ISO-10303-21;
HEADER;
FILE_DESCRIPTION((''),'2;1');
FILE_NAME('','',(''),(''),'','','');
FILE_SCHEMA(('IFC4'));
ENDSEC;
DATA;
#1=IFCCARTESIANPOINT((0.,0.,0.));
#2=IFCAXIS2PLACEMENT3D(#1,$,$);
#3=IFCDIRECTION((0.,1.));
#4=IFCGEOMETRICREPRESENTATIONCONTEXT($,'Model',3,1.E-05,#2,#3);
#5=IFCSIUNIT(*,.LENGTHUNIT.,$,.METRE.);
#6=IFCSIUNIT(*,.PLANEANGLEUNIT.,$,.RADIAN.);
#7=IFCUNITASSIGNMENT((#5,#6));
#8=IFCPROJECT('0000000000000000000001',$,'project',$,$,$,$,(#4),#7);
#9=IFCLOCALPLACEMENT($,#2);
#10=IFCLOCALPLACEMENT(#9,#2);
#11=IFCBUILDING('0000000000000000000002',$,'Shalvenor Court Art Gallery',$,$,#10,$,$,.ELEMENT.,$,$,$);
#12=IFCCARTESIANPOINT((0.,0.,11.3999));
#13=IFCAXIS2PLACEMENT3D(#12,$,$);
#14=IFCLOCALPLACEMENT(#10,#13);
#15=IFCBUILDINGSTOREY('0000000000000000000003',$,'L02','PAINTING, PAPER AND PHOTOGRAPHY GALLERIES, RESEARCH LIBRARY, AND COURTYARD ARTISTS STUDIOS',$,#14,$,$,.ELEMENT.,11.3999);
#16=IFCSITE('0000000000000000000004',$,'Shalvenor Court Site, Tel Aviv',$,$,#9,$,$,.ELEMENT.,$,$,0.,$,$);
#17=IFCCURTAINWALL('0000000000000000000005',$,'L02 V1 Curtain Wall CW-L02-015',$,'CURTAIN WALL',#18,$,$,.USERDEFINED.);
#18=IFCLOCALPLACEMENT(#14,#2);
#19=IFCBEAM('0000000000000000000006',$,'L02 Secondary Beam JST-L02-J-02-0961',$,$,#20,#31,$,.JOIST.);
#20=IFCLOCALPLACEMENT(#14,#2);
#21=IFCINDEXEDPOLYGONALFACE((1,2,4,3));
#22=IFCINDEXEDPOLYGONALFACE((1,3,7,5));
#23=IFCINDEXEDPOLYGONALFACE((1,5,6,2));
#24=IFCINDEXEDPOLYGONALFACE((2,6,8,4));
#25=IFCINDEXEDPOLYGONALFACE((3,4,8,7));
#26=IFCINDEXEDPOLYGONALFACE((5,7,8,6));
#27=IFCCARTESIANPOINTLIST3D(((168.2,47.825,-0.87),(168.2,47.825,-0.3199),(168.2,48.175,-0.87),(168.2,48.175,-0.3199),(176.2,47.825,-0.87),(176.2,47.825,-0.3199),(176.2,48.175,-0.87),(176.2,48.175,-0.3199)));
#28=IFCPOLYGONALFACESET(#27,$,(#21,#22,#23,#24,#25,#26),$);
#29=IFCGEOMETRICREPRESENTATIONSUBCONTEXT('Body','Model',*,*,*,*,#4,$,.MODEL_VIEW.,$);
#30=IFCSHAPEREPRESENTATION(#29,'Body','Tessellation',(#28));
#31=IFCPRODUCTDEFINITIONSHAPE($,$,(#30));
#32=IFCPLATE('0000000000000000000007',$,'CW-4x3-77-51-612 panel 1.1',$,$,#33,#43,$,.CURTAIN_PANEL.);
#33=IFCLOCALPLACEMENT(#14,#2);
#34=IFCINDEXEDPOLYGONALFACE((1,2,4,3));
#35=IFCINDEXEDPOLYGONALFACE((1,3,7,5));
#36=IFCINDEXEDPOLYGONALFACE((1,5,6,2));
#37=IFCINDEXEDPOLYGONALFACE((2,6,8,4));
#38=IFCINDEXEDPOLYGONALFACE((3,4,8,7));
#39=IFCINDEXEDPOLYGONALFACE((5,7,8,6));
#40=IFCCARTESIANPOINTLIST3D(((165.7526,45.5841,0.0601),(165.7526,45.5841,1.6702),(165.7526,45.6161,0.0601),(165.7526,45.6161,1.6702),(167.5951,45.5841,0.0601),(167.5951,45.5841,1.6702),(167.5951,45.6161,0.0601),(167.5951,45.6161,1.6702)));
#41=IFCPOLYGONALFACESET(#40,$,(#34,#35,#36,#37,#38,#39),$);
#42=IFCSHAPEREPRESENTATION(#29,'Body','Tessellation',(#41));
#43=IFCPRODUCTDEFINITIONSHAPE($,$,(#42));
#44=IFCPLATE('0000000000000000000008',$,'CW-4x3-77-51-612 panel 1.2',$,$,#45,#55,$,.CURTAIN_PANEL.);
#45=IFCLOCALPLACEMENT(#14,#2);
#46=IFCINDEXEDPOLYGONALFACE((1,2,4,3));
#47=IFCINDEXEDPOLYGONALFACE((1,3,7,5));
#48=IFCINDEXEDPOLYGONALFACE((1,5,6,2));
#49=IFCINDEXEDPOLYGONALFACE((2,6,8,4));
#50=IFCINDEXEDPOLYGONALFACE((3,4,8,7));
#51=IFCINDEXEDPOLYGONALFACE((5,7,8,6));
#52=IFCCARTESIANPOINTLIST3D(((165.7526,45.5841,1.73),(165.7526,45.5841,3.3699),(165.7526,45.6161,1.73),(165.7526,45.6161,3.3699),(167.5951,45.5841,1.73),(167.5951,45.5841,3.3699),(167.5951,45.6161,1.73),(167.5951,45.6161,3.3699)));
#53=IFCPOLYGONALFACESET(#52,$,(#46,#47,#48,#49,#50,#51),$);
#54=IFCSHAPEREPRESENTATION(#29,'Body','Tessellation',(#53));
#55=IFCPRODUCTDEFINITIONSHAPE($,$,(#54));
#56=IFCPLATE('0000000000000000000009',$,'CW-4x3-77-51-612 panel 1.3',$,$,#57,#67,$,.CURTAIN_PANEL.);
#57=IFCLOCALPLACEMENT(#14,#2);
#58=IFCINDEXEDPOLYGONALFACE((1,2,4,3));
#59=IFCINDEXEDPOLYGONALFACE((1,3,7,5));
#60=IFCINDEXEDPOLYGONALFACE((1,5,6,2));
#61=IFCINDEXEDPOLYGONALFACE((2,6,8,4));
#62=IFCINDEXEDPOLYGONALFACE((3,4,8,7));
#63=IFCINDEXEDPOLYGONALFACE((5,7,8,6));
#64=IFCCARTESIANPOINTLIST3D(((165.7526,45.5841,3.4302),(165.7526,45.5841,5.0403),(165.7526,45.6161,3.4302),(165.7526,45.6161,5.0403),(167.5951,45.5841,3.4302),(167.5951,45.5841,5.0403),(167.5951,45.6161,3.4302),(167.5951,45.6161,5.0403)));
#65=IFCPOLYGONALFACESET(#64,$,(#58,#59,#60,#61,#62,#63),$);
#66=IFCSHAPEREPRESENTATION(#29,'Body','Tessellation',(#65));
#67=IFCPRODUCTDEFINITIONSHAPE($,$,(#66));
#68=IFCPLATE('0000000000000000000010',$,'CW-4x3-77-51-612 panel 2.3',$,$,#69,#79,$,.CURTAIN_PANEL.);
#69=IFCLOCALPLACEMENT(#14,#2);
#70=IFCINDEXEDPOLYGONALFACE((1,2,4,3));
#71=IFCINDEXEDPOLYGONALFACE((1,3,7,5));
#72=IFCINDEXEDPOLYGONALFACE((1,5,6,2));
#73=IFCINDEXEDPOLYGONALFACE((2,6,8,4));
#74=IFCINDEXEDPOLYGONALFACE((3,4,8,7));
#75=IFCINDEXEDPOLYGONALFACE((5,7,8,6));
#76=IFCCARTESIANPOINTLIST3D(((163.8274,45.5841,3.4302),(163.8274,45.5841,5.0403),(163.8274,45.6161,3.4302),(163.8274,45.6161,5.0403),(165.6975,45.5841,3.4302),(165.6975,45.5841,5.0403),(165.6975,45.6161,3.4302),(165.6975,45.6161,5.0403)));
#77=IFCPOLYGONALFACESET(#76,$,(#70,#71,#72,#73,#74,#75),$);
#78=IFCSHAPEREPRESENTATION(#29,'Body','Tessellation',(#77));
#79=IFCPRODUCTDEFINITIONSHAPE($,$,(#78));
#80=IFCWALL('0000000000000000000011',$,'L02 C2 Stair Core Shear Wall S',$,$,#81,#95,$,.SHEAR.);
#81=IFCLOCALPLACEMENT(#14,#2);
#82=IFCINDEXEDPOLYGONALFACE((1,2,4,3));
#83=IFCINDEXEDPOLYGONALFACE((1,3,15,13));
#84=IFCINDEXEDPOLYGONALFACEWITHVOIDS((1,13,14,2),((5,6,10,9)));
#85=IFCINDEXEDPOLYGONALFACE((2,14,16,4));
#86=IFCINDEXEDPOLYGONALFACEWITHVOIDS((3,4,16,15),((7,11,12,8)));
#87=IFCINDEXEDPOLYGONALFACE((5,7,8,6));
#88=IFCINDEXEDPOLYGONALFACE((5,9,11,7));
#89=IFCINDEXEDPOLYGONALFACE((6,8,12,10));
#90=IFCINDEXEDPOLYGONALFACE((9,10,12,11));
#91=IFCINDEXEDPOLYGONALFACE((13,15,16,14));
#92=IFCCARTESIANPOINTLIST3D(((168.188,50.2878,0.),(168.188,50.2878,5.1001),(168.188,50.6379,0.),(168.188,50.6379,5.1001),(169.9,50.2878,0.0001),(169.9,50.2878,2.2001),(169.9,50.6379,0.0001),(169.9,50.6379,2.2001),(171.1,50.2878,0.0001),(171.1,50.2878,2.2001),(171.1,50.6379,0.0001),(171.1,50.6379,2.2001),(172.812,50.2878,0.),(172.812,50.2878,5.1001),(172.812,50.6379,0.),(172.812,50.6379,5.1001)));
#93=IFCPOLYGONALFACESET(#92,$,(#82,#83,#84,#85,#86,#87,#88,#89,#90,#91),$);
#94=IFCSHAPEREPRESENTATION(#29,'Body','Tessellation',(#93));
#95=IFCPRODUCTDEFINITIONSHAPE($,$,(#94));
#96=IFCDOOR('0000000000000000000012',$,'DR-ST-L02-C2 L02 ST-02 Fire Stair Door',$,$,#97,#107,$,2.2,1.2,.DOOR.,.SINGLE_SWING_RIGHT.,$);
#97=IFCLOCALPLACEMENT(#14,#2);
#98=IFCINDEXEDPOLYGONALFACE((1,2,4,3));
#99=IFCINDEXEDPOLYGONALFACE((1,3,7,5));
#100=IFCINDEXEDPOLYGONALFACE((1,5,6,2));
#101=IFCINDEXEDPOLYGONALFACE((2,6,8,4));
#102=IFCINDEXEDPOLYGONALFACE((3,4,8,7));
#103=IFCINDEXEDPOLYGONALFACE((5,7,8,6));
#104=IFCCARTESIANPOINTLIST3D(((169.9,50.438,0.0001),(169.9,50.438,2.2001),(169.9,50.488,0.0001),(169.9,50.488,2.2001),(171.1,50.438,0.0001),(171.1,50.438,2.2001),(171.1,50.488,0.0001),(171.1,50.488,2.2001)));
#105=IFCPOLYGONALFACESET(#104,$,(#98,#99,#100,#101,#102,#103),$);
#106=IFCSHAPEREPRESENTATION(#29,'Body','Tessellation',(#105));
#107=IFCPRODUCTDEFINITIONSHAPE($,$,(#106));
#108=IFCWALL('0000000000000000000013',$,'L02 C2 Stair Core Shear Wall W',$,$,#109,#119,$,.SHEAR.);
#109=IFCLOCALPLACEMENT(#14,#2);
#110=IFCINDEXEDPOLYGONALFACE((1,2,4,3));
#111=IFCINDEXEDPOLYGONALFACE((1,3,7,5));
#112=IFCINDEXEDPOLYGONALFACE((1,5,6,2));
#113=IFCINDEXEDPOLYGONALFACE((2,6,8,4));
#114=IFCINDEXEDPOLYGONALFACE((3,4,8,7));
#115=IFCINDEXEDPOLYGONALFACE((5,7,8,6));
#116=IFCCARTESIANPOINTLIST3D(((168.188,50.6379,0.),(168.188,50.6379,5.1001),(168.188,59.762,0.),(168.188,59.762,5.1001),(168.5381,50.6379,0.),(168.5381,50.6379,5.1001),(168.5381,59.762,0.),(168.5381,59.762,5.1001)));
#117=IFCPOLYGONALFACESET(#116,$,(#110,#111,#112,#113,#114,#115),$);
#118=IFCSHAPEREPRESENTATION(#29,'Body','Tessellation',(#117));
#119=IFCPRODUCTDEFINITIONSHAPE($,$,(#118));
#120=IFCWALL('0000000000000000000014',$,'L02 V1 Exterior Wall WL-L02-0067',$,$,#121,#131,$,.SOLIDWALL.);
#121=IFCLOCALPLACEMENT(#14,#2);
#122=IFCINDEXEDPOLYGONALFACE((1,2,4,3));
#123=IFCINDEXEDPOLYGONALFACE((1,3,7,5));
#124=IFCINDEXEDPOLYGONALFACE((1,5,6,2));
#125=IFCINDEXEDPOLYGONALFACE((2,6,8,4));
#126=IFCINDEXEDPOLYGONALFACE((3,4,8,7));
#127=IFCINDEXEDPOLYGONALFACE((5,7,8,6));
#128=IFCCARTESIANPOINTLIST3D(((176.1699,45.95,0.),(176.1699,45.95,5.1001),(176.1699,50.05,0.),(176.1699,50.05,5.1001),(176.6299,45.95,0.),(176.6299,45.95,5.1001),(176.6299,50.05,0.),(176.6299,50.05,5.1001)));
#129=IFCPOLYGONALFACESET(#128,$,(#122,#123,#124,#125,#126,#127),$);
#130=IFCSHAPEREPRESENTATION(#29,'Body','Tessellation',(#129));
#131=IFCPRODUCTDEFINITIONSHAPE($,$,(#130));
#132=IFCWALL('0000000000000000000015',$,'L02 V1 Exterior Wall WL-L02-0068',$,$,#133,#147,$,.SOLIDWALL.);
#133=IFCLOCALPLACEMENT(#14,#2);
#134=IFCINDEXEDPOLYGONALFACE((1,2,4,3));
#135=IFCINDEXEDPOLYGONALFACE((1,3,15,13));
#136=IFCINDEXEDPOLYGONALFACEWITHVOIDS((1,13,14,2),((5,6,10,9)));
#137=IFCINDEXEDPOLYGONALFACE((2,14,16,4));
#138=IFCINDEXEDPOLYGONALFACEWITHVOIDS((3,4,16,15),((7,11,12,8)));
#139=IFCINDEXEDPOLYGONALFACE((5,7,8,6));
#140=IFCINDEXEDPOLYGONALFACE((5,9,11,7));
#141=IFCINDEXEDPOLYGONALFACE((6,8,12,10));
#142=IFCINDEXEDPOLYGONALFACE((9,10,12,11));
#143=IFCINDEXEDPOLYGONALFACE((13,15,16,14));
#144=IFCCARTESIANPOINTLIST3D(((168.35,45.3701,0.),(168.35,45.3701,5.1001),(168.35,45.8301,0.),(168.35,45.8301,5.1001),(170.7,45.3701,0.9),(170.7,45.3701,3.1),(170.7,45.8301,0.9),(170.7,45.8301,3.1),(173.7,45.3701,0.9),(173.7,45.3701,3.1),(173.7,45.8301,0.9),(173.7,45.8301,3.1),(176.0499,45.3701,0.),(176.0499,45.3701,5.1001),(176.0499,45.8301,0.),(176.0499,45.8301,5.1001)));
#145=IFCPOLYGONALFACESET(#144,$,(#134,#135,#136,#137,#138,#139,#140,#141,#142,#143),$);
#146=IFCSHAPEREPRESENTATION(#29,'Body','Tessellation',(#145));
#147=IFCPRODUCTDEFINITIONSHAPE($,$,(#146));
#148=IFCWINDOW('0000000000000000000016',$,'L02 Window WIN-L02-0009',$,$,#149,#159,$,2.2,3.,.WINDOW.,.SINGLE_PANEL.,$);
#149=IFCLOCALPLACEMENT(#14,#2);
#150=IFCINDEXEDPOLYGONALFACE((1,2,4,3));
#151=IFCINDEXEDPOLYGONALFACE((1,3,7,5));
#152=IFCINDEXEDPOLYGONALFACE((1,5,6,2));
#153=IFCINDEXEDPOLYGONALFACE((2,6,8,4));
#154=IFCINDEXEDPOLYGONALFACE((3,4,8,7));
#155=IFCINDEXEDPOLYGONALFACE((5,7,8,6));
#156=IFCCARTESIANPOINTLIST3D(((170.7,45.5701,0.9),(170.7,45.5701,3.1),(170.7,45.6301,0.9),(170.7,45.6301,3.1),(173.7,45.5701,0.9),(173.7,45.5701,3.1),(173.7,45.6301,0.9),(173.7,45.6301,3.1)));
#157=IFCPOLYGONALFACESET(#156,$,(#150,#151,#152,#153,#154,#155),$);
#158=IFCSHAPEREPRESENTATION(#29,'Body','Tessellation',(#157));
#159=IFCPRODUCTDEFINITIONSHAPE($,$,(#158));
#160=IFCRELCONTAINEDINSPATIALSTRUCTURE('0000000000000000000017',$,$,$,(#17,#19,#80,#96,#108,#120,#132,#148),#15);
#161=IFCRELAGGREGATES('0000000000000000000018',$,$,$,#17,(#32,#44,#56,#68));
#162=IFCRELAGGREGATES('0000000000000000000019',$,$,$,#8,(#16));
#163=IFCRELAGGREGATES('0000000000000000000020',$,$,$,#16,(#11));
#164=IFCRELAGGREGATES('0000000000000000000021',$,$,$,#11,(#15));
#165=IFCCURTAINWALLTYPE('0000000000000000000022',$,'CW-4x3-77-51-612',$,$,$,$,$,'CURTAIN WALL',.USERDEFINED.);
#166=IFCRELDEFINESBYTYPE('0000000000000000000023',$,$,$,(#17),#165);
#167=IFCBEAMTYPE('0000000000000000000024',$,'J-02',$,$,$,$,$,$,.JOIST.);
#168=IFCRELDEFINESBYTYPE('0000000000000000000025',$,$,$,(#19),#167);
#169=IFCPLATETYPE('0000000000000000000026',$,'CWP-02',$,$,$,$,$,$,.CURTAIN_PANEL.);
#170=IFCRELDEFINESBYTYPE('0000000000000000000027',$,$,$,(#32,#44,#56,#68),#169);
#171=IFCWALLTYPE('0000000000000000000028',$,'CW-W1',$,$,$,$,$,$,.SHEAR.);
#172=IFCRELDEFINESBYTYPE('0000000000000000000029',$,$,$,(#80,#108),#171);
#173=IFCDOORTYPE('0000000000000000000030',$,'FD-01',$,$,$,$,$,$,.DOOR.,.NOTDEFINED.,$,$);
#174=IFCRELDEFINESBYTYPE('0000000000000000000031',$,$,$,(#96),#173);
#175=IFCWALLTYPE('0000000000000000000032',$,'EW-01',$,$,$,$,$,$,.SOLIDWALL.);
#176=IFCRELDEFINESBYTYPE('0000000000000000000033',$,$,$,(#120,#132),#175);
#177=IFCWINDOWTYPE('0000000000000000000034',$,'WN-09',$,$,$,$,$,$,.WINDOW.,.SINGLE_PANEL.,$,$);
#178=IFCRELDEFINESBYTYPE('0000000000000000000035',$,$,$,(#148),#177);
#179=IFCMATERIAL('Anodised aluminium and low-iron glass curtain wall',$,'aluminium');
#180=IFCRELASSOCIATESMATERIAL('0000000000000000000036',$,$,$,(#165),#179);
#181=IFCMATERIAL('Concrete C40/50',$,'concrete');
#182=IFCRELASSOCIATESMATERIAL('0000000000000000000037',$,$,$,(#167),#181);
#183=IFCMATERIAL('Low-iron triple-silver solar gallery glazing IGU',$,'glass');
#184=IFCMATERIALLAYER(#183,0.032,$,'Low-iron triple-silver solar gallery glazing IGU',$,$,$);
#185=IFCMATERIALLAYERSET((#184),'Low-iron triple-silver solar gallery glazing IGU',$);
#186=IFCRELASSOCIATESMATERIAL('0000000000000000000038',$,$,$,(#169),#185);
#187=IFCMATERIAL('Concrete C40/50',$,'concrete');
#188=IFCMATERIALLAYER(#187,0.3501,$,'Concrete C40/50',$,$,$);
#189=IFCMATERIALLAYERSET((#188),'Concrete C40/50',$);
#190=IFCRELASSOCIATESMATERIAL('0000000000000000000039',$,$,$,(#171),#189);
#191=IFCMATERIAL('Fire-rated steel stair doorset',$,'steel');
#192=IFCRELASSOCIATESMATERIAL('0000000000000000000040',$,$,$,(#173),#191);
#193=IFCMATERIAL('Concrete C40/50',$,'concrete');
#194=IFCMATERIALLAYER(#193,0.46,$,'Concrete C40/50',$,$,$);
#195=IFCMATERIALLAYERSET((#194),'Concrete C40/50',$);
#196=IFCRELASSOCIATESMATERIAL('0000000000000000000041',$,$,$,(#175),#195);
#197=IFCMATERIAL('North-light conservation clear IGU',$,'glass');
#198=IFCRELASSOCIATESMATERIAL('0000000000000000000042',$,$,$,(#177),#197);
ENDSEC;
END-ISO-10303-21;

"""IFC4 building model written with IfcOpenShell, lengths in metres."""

from ifc_helpers import new_model, si_unit, direction, frame, frame_2d, origin, origin_2d, place, context, subcontext, project, spatial, rectangle, extrude, material, layer, layer_set, material_profile, profile_set, type_object, element, fill, aggregate, save


model = new_model("IFC4")

# Units and contexts
model_context = context("Model", 3, precision=1e-05, world=origin(), true_north=direction((0.0, 1.0)))
body_context = subcontext(model_context, "Body", "Model", "MODEL_VIEW")
ifc_project = project(units=[si_unit("LENGTHUNIT", "METRE"), si_unit("PLANEANGLEUNIT", "RADIAN")], contexts=[model_context])

# Site, building, storey
site_placement = place(None, origin())
site = spatial("IfcSite", under=ifc_project, at=site_placement, Name="Shalvenor Court Site, Tel Aviv", CompositionType="ELEMENT", RefElevation=0.0)
building_placement = place(site_placement, origin())
building = spatial("IfcBuilding", under=site, at=building_placement, Name="Shalvenor Court Art Gallery", CompositionType="ELEMENT")
storey_placement = place(building_placement, frame((0.0, 0.0, 11.3999)))
storey = spatial("IfcBuildingStorey", under=building, at=storey_placement, Name="L02", Description="PAINTING, PAPER AND PHOTOGRAPHY GALLERIES, RESEARCH LIBRARY, AND COURTYARD ARTISTS STUDIOS", CompositionType="ELEMENT", Elevation=11.3999)

# Curtain wall
ifc_material_1 = material(Name="Anodised aluminium and low-iron glass curtain wall", Category="aluminium")
curtain_wall_type = type_object("IfcCurtainWallType", Name="CW-4x3-77-51-612", ElementType="CURTAIN WALL", PredefinedType="USERDEFINED", material=ifc_material_1)
curtain_wall_placement = place(storey_placement, origin())
curtain_wall = element("IfcCurtainWall", 1, at=curtain_wall_placement, inside=storey, type_object=curtain_wall_type, Name="L02 V1 Curtain Wall CW-L02-015", ObjectType="CURTAIN WALL", PredefinedType="USERDEFINED")

# Beam
ifc_material_2 = material(Name="Concrete C40/50", Category="concrete")
ifc_material_profile_1 = material_profile(ifc_material_2, rectangle(XDim=0.3501, YDim=0.55, at=origin_2d()), Name="RC 350x550")
ifc_profile_set_1 = profile_set([ifc_material_profile_1], Name="Concrete C40/50")
beam_type_1 = type_object("IfcBeamType", Name="J-02", PredefinedType="JOIST", material=ifc_profile_set_1)
beam_placement = place(storey_placement, frame((168.2, 48.0, -0.595), z_axis=(1.0, 0.0, 0.0), x_axis=(0.0, 1.0, 0.0)))
element("IfcBeam", 2, at=beam_placement, inside=storey, type_object=beam_type_1, Name="L02 Secondary Beam JST-L02-J-02-0961", PredefinedType="JOIST", context=body_context, shape_type="SweptSolid", body=[
    extrude(rectangle(XDim=0.3501, YDim=0.55, at=origin_2d()), origin(), (0.0, 0.0, 1.0), 8.0),
])

# Plates
ifc_material_3 = material(Name="Low-iron triple-silver solar gallery glazing IGU", Category="glass")
ifc_layer_1 = layer(ifc_material_3, 0.032, Name="Low-iron triple-silver solar gallery glazing IGU")
ifc_layer_set_1 = layer_set([ifc_layer_1], Name="Low-iron triple-silver solar gallery glazing IGU")
plate_type = type_object("IfcPlateType", Name="CWP-02", PredefinedType="CURTAIN_PANEL", material=ifc_layer_set_1)
plate_1_placement = place(storey_placement, frame((166.6738, 45.6001, 0.0601), z_axis=(0.0, 0.0, 1.0), x_axis=(-1.0, 0.0, 0.0)))
plate_1 = element("IfcPlate", 3, at=plate_1_placement, type_object=plate_type, Name="CW-4x3-77-51-612 panel 1.1", PredefinedType="CURTAIN_PANEL", context=body_context, shape_type="SweptSolid", body=[
    extrude(rectangle(XDim=1.8425, YDim=0.032, at=origin_2d()), origin(), (0.0, 0.0, 1.0), 1.6101),
])
plate_2_placement = place(storey_placement, frame((166.6738, 45.6001, 1.73), z_axis=(0.0, 0.0, 1.0), x_axis=(-1.0, 0.0, 0.0)))
plate_2 = element("IfcPlate", 4, at=plate_2_placement, type_object=plate_type, Name="CW-4x3-77-51-612 panel 1.2", PredefinedType="CURTAIN_PANEL", context=body_context, shape_type="SweptSolid", body=[
    extrude(rectangle(XDim=1.8425, YDim=0.032, at=origin_2d()), origin(), (0.0, 0.0, 1.0), 1.6399),
])
plate_3_placement = place(storey_placement, frame((166.6738, 45.6001, 3.4302), z_axis=(0.0, 0.0, 1.0), x_axis=(-1.0, 0.0, 0.0)))
plate_3 = element("IfcPlate", 5, at=plate_3_placement, type_object=plate_type, Name="CW-4x3-77-51-612 panel 1.3", PredefinedType="CURTAIN_PANEL", context=body_context, shape_type="SweptSolid", body=[
    extrude(rectangle(XDim=1.8425, YDim=0.032, at=origin_2d()), origin(), (0.0, 0.0, 1.0), 1.6101),
])
plate_4_placement = place(storey_placement, frame((164.7625, 45.6001, 3.4302), z_axis=(0.0, 0.0, 1.0), x_axis=(-1.0, 0.0, 0.0)))
plate_4 = element("IfcPlate", 6, at=plate_4_placement, type_object=plate_type, Name="CW-4x3-77-51-612 panel 2.3", PredefinedType="CURTAIN_PANEL", context=body_context, shape_type="SweptSolid", body=[
    extrude(rectangle(XDim=1.8701, YDim=0.032, at=origin_2d()), origin(), (0.0, 0.0, 1.0), 1.6101),
])
aggregate(curtain_wall, [plate_1, plate_2, plate_3, plate_4])

# Wall, opening, door
ifc_material_4 = material(Name="Concrete C40/50", Category="concrete")
ifc_layer_2 = layer(ifc_material_4, 0.3501, Name="Concrete C40/50")
ifc_layer_set_2 = layer_set([ifc_layer_2], Name="Concrete C40/50")
wall_type_1 = type_object("IfcWallType", Name="CW-W1", PredefinedType="SHEAR", material=ifc_layer_set_2)
wall_1_placement = place(storey_placement, frame((172.812, 50.4629, 0.0), z_axis=(0.0, 0.0, 1.0), x_axis=(-1.0, 0.0, 0.0)))
wall_1 = element("IfcWall", 7, at=wall_1_placement, inside=storey, type_object=wall_type_1, Name="L02 C2 Stair Core Shear Wall S", PredefinedType="SHEAR", context=body_context, shape_type="SweptSolid", body=[
    extrude(rectangle(XDim=4.624, YDim=0.3501, at=frame_2d((2.312, 0.0))), origin(), (0.0, 0.0, 1.0), 5.1001),
])
opening_1_placement = place(wall_1_placement, frame((1.7119, 0.0, 0.0)))
opening_1 = element("IfcOpeningElement", 8, at=opening_1_placement, cuts=wall_1, PredefinedType="OPENING", context=body_context, shape_type="SweptSolid", body=[
    extrude(rectangle(XDim=1.2, YDim=2.2, at=frame_2d((0.6001, 1.1001))), frame((0.0, 0.1851, 0.0), z_axis=(0.0, -1.0, 0.0), x_axis=(1.0, 0.0, 0.0)), (0.0, 0.0, 1.0), 0.3701),
])
ifc_material_5 = material(Name="Fire-rated steel stair doorset", Category="steel")
door_type_1 = type_object("IfcDoorType", Name="FD-01", OperationType="NOTDEFINED", PredefinedType="DOOR", material=ifc_material_5)
door_1_placement = place(opening_1_placement, origin())
door_1 = element("IfcDoor", 9, at=door_1_placement, inside=storey, type_object=door_type_1, Name="DR-ST-L02-C2 L02 ST-02 Fire Stair Door", OperationType="SINGLE_SWING_RIGHT", OverallHeight=2.2, OverallWidth=1.2, PredefinedType="DOOR", context=body_context, shape_type="SweptSolid", body=[
    extrude(rectangle(XDim=1.2, YDim=2.2, at=frame_2d((0.6001, 1.1001))), frame((0.0, 0.0249, 0.0), z_axis=(0.0, -1.0, 0.0), x_axis=(1.0, 0.0, 0.0)), (0.0, 0.0, 1.0), 0.05),
])
fill(opening_1, door_1)

# Walls
wall_2_placement = place(storey_placement, frame((168.363, 50.6379, 0.0), z_axis=(0.0, 0.0, 1.0), x_axis=(0.0, 1.0, 0.0)))
element("IfcWall", 10, at=wall_2_placement, inside=storey, type_object=wall_type_1, Name="L02 C2 Stair Core Shear Wall W", PredefinedType="SHEAR", context=body_context, shape_type="SweptSolid", body=[
    extrude(rectangle(XDim=9.124, YDim=0.3501, at=frame_2d((4.562, 0.0))), origin(), (0.0, 0.0, 1.0), 5.1001),
])
ifc_material_6 = material(Name="Concrete C40/50", Category="concrete")
ifc_layer_3 = layer(ifc_material_6, 0.46, Name="Concrete C40/50")
ifc_layer_set_3 = layer_set([ifc_layer_3], Name="Concrete C40/50")
wall_type_2 = type_object("IfcWallType", Name="EW-01", PredefinedType="SOLIDWALL", material=ifc_layer_set_3)
wall_3_placement = place(storey_placement, frame((176.3999, 50.05, 0.0), z_axis=(0.0, 0.0, 1.0), x_axis=(0.0, -1.0, 0.0)))
element("IfcWall", 11, at=wall_3_placement, inside=storey, type_object=wall_type_2, Name="L02 V1 Exterior Wall WL-L02-0067", PredefinedType="SOLIDWALL", context=body_context, shape_type="SweptSolid", body=[
    extrude(rectangle(XDim=4.1001, YDim=0.46, at=frame_2d((2.05, 0.0))), origin(), (0.0, 0.0, 1.0), 5.1001),
])

# Wall, opening, window
wall_4_placement = place(storey_placement, frame((176.05, 45.6001, 0.0), z_axis=(0.0, 0.0, 1.0), x_axis=(-1.0, 0.0, 0.0)))
wall_4 = element("IfcWall", 12, at=wall_4_placement, inside=storey, type_object=wall_type_2, Name="L02 V1 Exterior Wall WL-L02-0068", PredefinedType="SOLIDWALL", context=body_context, shape_type="SweptSolid", body=[
    extrude(rectangle(XDim=7.7, YDim=0.46, at=frame_2d((3.8501, 0.0))), origin(), (0.0, 0.0, 1.0), 5.1001),
])
opening_2_placement = place(wall_4_placement, frame((2.3501, 0.0, 0.8999)))
opening_2 = element("IfcOpeningElement", 13, at=opening_2_placement, cuts=wall_4, PredefinedType="OPENING", context=body_context, shape_type="SweptSolid", body=[
    extrude(rectangle(XDim=3.0, YDim=2.2, at=frame_2d((1.5, 1.1001))), frame((0.0, 0.24, 0.0), z_axis=(0.0, -1.0, 0.0), x_axis=(1.0, 0.0, 0.0)), (0.0, 0.0, 1.0), 0.48),
])
ifc_material_7 = material(Name="North-light conservation clear IGU", Category="glass")
window_type = type_object("IfcWindowType", Name="WN-09", PartitioningType="SINGLE_PANEL", PredefinedType="WINDOW", material=ifc_material_7)
window_placement = place(opening_2_placement, origin())
window = element("IfcWindow", 14, at=window_placement, inside=storey, type_object=window_type, Name="L02 Window WIN-L02-0009", OverallHeight=2.2, OverallWidth=3.0, PartitioningType="SINGLE_PANEL", PredefinedType="WINDOW", context=body_context, shape_type="SweptSolid", body=[
    extrude(rectangle(XDim=3.0, YDim=2.2, at=frame_2d((1.5, 1.1001))), frame((0.0, 0.03, 0.0), z_axis=(0.0, -1.0, 0.0), x_axis=(1.0, 0.0, 0.0)), (0.0, 0.0, 1.0), 0.0601),
])
fill(opening_2, window)

save(model, "model.ifc")
